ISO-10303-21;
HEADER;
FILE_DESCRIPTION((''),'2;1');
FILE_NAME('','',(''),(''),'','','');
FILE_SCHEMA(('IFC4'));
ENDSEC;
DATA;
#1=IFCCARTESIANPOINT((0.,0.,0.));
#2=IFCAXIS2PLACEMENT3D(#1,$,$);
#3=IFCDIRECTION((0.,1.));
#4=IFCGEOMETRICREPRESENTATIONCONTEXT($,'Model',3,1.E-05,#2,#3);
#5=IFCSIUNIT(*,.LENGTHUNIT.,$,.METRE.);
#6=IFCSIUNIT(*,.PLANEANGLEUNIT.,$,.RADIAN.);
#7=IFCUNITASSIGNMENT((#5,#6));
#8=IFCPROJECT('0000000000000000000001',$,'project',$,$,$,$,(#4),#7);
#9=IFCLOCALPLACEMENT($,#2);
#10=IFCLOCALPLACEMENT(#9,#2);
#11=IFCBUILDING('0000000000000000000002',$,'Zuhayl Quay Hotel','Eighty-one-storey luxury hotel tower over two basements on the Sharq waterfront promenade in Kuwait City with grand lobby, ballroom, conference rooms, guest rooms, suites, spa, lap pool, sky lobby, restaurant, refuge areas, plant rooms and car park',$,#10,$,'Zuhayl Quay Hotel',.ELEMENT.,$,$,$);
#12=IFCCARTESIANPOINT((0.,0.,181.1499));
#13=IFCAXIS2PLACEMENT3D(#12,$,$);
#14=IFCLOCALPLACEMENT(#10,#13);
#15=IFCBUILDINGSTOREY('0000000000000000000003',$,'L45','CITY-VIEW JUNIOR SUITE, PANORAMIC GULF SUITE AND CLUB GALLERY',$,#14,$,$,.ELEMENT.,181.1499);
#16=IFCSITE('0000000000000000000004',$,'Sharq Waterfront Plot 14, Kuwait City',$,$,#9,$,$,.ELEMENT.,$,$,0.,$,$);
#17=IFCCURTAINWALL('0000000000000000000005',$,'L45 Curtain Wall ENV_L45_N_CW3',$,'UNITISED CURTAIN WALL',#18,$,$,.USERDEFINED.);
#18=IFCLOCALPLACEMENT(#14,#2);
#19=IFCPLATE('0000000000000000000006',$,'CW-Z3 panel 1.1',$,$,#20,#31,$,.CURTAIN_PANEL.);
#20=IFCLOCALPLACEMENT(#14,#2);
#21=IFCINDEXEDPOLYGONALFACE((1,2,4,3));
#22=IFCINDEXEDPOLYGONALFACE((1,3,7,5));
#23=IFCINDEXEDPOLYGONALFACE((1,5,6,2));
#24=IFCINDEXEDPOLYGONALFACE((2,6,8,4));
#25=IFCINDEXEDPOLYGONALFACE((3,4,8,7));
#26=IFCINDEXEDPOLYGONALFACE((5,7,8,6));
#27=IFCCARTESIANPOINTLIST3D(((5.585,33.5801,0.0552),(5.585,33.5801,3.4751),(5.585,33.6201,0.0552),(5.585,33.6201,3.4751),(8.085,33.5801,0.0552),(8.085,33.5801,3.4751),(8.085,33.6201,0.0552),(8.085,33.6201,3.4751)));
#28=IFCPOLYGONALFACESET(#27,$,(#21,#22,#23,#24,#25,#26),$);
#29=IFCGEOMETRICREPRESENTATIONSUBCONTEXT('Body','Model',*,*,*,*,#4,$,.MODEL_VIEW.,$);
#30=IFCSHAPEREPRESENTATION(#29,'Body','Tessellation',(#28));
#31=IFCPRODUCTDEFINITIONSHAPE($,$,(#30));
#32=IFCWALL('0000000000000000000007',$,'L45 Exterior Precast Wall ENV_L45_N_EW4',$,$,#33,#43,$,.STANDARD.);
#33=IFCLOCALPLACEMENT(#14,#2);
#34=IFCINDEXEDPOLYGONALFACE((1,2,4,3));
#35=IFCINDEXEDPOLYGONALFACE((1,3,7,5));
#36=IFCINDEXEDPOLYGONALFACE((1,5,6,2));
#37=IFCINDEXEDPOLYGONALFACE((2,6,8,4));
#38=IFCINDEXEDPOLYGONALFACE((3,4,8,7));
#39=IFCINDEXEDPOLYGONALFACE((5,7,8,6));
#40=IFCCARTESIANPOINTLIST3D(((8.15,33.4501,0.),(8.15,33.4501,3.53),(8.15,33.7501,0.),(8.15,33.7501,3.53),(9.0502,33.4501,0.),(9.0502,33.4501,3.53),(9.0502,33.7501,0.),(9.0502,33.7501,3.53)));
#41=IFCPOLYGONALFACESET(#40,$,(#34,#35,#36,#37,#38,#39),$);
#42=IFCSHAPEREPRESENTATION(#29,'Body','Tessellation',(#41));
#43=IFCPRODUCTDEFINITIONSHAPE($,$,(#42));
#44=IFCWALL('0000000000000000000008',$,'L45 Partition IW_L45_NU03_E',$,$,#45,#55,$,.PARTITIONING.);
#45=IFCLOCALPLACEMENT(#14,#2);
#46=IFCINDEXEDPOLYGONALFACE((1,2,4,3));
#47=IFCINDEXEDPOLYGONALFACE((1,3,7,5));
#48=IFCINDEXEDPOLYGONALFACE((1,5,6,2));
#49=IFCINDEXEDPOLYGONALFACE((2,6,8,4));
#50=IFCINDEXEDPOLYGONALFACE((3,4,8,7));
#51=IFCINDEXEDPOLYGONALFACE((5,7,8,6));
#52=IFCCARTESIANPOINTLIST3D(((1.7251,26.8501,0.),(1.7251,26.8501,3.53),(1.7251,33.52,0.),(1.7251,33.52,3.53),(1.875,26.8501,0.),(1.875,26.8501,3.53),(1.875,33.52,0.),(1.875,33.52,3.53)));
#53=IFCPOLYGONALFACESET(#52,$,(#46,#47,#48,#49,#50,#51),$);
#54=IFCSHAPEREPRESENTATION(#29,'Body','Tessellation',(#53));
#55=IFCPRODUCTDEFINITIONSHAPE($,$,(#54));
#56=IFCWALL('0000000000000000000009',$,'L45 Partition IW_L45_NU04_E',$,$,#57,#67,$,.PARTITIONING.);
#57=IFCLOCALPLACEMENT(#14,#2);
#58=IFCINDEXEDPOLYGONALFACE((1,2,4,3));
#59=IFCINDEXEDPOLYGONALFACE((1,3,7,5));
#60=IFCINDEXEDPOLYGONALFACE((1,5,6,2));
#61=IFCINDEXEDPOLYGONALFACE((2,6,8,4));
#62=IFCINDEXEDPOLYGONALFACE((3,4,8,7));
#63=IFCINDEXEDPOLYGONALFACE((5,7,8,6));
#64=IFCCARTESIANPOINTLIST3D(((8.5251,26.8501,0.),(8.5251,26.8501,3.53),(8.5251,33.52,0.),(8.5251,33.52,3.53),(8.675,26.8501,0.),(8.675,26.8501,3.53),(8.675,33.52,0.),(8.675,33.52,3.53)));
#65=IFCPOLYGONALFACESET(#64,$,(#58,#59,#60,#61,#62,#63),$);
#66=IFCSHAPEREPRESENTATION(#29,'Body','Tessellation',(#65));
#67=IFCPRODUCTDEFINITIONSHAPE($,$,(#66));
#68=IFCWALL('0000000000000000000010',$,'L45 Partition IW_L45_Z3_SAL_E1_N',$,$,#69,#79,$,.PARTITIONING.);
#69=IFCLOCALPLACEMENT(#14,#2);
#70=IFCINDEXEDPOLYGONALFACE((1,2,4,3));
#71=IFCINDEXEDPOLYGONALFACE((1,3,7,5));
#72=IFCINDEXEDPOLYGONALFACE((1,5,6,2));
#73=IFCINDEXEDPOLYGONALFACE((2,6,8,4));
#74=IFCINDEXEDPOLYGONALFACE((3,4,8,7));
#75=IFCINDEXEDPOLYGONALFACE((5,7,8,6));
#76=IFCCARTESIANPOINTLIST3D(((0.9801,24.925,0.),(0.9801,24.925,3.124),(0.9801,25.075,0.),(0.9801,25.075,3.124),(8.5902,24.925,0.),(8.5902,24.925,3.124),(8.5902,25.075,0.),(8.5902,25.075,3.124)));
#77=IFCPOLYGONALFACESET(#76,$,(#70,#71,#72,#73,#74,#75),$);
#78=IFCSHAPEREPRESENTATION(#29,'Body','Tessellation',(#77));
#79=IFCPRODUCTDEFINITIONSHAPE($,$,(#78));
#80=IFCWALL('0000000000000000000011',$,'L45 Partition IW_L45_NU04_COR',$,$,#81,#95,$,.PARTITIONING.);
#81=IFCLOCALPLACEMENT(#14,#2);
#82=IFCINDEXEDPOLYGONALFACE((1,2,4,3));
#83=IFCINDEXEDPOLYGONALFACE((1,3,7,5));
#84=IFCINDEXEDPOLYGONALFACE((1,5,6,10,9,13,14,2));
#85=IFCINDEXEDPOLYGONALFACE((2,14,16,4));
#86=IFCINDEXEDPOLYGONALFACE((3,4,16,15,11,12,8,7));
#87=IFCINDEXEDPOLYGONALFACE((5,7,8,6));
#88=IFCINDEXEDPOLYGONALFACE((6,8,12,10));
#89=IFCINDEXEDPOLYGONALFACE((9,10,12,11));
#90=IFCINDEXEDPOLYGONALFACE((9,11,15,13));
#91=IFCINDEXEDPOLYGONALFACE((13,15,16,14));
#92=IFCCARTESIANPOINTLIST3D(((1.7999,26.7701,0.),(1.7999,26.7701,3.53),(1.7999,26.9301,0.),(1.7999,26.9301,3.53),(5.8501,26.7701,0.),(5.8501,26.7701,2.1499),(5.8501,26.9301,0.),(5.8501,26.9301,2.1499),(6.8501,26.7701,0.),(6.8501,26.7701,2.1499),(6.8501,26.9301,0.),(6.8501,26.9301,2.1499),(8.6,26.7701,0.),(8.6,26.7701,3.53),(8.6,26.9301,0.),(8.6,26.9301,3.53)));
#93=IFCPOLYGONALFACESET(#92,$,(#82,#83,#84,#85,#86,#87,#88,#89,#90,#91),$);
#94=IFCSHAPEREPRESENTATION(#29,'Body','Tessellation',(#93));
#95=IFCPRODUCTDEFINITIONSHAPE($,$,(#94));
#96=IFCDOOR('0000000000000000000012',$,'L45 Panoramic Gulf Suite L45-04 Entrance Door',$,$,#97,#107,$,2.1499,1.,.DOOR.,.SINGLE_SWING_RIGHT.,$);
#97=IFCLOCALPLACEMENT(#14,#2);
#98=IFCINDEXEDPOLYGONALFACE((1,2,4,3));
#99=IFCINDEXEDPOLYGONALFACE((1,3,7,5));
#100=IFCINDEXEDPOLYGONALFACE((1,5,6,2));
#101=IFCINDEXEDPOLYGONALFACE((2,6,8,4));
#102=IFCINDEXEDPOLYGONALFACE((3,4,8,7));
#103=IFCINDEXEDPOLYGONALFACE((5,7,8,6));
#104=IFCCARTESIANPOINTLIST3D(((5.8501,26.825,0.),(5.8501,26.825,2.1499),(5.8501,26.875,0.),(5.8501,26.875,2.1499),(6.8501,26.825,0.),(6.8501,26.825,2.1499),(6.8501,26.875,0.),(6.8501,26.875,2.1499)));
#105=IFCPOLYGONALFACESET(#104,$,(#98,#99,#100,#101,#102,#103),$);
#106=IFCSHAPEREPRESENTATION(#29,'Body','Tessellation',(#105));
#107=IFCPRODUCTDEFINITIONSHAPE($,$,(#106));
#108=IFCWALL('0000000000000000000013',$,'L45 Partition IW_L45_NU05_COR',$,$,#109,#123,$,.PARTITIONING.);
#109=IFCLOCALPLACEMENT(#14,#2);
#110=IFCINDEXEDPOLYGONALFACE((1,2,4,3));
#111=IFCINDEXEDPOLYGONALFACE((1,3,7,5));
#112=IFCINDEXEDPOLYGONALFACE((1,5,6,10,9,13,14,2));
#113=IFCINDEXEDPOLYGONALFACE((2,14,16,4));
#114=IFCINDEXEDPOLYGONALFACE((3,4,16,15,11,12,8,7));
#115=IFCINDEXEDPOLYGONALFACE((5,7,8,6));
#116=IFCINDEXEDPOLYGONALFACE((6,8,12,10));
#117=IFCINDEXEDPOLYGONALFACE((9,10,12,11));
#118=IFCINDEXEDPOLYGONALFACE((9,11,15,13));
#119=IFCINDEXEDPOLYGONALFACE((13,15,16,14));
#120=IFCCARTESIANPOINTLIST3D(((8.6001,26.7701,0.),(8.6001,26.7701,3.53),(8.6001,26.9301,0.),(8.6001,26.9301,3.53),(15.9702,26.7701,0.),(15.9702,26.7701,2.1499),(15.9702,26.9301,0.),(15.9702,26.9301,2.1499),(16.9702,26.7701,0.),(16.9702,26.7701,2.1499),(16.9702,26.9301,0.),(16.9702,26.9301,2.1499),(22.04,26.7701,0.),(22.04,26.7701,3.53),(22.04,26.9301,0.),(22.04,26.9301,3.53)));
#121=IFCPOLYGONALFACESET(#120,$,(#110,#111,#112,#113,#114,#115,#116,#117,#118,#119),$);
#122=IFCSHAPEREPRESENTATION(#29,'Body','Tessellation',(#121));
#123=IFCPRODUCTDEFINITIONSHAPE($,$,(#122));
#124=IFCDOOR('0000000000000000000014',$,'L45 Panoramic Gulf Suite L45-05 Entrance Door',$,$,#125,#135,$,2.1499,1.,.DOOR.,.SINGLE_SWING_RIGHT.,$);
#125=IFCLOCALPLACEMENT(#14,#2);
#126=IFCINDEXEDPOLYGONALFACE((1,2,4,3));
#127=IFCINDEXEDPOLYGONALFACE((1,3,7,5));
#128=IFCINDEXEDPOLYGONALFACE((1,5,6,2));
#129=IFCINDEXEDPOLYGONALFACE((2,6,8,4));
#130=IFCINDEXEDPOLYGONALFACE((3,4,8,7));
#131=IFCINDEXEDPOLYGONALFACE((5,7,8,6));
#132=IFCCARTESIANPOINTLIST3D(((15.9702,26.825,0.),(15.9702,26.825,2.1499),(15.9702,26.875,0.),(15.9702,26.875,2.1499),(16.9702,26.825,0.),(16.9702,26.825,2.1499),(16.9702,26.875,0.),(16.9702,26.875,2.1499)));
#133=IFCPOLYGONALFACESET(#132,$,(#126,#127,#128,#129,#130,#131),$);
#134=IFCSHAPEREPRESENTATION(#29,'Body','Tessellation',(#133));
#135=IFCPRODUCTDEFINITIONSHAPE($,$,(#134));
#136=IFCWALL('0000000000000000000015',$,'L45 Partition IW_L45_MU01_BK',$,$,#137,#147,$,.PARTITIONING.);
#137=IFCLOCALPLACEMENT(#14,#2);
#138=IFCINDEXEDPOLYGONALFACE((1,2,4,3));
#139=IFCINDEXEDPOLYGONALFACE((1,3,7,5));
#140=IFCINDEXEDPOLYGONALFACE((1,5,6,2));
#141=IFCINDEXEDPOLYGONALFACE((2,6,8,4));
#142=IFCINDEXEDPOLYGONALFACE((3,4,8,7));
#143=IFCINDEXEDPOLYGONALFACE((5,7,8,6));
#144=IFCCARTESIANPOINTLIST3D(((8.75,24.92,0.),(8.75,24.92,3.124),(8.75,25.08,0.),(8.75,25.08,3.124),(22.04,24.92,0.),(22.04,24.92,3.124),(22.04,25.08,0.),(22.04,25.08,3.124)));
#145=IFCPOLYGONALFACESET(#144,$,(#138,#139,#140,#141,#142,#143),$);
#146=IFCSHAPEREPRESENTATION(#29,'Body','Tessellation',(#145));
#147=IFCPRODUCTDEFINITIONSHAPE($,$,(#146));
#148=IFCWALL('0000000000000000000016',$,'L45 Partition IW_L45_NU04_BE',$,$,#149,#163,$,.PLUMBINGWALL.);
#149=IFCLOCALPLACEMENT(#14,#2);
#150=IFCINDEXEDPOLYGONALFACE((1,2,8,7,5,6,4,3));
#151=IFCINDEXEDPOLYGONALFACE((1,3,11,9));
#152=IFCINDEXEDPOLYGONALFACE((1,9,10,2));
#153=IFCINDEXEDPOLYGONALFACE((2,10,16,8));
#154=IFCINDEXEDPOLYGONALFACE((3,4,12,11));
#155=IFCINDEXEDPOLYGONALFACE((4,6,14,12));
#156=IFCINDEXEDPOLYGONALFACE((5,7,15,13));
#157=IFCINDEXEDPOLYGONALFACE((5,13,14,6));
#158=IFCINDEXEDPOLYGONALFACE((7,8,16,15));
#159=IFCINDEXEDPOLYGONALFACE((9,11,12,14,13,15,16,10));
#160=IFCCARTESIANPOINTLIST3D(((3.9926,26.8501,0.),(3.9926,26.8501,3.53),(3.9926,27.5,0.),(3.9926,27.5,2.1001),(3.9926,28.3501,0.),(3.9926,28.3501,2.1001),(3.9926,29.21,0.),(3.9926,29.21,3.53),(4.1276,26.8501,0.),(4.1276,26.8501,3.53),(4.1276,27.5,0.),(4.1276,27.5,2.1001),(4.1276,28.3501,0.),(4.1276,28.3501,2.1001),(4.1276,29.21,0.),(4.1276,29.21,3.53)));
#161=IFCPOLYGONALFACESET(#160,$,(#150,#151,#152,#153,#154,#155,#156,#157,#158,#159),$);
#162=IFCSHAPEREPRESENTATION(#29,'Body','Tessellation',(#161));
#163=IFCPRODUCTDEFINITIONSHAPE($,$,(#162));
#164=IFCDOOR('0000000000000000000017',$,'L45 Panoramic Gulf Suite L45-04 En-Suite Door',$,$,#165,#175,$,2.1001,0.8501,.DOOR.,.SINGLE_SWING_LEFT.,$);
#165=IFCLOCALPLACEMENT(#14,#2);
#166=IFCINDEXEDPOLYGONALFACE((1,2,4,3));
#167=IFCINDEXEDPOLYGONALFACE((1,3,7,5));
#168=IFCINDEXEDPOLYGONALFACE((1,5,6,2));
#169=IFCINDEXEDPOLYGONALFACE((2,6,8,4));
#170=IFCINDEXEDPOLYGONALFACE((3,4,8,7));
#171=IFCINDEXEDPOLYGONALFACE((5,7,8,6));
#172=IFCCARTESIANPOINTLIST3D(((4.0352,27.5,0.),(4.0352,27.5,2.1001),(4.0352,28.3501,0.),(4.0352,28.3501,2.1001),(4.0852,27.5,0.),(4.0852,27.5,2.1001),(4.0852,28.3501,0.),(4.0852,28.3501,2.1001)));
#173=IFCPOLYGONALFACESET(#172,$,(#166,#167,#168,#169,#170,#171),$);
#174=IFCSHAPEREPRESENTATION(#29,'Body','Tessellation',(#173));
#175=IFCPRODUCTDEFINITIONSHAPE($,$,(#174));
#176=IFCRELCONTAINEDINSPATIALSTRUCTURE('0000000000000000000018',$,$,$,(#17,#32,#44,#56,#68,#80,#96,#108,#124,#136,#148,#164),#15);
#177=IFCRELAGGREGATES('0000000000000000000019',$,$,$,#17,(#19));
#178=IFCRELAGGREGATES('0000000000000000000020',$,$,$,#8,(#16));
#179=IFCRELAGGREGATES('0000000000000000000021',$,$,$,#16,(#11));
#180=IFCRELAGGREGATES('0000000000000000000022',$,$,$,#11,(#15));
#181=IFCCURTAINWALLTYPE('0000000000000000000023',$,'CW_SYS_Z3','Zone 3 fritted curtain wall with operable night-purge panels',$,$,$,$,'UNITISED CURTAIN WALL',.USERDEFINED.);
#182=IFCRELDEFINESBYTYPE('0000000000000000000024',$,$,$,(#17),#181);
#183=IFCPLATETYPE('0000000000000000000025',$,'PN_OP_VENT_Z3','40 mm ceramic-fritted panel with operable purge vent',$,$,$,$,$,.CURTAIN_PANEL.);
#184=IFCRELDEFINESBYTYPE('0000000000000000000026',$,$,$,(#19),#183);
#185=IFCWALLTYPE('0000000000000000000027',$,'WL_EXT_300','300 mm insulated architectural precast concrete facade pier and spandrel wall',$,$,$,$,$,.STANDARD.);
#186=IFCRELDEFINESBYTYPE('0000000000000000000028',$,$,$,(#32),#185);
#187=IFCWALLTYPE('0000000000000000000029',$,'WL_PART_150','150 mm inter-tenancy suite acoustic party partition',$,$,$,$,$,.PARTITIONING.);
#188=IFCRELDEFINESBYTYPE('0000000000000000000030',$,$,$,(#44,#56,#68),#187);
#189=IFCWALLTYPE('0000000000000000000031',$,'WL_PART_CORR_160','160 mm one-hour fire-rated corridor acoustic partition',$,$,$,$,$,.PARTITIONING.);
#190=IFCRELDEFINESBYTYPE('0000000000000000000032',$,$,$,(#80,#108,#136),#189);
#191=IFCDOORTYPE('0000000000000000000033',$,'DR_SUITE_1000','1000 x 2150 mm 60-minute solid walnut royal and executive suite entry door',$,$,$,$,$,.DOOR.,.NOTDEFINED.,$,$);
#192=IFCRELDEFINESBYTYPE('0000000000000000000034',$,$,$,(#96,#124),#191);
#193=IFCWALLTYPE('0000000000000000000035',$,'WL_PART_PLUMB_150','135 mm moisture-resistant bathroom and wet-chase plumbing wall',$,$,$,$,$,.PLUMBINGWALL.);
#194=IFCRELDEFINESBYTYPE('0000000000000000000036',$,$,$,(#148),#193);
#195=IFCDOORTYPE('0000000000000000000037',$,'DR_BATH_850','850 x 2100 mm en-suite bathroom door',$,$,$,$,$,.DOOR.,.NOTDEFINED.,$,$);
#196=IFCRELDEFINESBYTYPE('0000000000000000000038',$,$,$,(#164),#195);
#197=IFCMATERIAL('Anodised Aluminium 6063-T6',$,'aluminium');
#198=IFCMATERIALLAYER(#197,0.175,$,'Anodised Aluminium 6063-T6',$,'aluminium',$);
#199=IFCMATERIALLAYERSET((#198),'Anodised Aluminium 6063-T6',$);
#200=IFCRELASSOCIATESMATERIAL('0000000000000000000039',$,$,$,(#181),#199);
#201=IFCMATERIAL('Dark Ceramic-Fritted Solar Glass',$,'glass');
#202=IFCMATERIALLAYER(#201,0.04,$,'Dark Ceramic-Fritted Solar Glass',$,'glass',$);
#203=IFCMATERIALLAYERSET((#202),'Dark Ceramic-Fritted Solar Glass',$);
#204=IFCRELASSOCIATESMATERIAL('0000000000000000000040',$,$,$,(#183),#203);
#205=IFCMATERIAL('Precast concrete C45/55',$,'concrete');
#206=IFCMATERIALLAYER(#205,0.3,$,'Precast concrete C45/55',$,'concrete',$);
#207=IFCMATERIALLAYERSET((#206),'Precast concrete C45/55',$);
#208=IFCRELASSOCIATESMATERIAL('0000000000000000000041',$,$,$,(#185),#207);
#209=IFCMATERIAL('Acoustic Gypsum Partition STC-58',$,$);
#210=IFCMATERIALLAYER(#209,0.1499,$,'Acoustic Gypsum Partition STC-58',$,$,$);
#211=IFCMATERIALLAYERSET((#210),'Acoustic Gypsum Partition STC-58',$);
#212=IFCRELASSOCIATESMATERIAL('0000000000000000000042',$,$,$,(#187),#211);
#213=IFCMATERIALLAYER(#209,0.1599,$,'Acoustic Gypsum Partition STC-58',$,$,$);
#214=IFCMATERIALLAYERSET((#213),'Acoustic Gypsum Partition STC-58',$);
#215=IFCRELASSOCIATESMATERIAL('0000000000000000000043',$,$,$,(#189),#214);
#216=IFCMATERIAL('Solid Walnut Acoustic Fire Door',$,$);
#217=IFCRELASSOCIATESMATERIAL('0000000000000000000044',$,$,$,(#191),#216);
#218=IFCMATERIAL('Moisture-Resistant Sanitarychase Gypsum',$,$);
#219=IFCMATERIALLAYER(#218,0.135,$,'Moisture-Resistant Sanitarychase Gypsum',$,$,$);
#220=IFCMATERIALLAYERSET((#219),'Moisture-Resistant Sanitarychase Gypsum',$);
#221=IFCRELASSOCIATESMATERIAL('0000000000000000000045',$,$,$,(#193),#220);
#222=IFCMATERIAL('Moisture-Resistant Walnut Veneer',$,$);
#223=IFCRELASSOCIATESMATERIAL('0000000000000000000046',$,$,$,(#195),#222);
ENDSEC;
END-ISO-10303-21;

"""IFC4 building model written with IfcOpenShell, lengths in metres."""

from ifc_helpers import new_model, si_unit, direction, frame, frame_2d, origin, origin_2d, place, context, subcontext, project, spatial, rectangle, extrude, material, layer, layer_set, type_object, element, fill, aggregate, save


model = new_model("IFC4")

# Units and contexts
model_context = context("Model", 3, precision=1e-05, world=origin(), true_north=direction((0.0, 1.0)))
body_context = subcontext(model_context, "Body", "Model", "MODEL_VIEW")
ifc_project = project(units=[si_unit("LENGTHUNIT", "METRE"), si_unit("PLANEANGLEUNIT", "RADIAN")], contexts=[model_context])

# Site, building, storey
site_placement = place(None, origin())
site = spatial("IfcSite", under=ifc_project, at=site_placement, Name="Sharq Waterfront Plot 14, Kuwait City", CompositionType="ELEMENT", RefElevation=0.0)
building_placement = place(site_placement, origin())
building = spatial("IfcBuilding", under=site, at=building_placement, Name="Zuhayl Quay Hotel", Description="Eighty-one-storey luxury hotel tower over two basements on the Sharq waterfront promenade in Kuwait City with grand lobby, ballroom, conference rooms, guest rooms, suites, spa, lap pool, sky lobby, restaurant, refuge areas, plant rooms and car park", LongName="Zuhayl Quay Hotel", CompositionType="ELEMENT")
storey_placement = place(building_placement, frame((0.0, 0.0, 181.1499)))
storey = spatial("IfcBuildingStorey", under=building, at=storey_placement, Name="L45", Description="CITY-VIEW JUNIOR SUITE, PANORAMIC GULF SUITE AND CLUB GALLERY", CompositionType="ELEMENT", Elevation=181.1499)

# Curtain wall, plate
ifc_material_1 = material(Name="Anodised Aluminium 6063-T6", Category="aluminium")
ifc_layer_1 = layer(ifc_material_1, 0.175, Name="Anodised Aluminium 6063-T6", Category="aluminium")
ifc_layer_set_1 = layer_set([ifc_layer_1], Name="Anodised Aluminium 6063-T6")
curtain_wall_type = type_object("IfcCurtainWallType", Name="CW_SYS_Z3", Description="Zone 3 fritted curtain wall with operable night-purge panels", ElementType="UNITISED CURTAIN WALL", PredefinedType="USERDEFINED", material=ifc_layer_set_1)
curtain_wall_placement = place(storey_placement, origin())
curtain_wall = element("IfcCurtainWall", 1, at=curtain_wall_placement, inside=storey, type_object=curtain_wall_type, Name="L45 Curtain Wall ENV_L45_N_CW3", ObjectType="UNITISED CURTAIN WALL", PredefinedType="USERDEFINED")
ifc_material_2 = material(Name="Dark Ceramic-Fritted Solar Glass", Category="glass")
ifc_layer_2 = layer(ifc_material_2, 0.04, Name="Dark Ceramic-Fritted Solar Glass", Category="glass")
ifc_layer_set_2 = layer_set([ifc_layer_2], Name="Dark Ceramic-Fritted Solar Glass")
plate_type = type_object("IfcPlateType", Name="PN_OP_VENT_Z3", Description="40 mm ceramic-fritted panel with operable purge vent", PredefinedType="CURTAIN_PANEL", material=ifc_layer_set_2)
plate_placement = place(storey_placement, frame((6.835, 33.6001, 0.0552), z_axis=(0.0, 0.0, 1.0), x_axis=(1.0, 0.0, 0.0)))
plate = element("IfcPlate", 2, at=plate_placement, type_object=plate_type, Name="CW-Z3 panel 1.1", PredefinedType="CURTAIN_PANEL", context=body_context, shape_type="SweptSolid", body=[
    extrude(rectangle(XDim=2.5, YDim=0.04, at=origin_2d()), origin(), (0.0, 0.0, 1.0), 3.4199),
])
aggregate(curtain_wall, [plate])

# Walls
ifc_material_3 = material(Name="Precast concrete C45/55", Category="concrete")
ifc_layer_3 = layer(ifc_material_3, 0.3, Name="Precast concrete C45/55", Category="concrete")
ifc_layer_set_3 = layer_set([ifc_layer_3], Name="Precast concrete C45/55")
wall_type_1 = type_object("IfcWallType", Name="WL_EXT_300", Description="300 mm insulated architectural precast concrete facade pier and spandrel wall", PredefinedType="STANDARD", material=ifc_layer_set_3)
wall_1_placement = place(storey_placement, frame((8.1499, 33.6001, 0.0), z_axis=(0.0, 0.0, 1.0), x_axis=(1.0, 0.0, 0.0)))
element("IfcWall", 3, at=wall_1_placement, inside=storey, type_object=wall_type_1, Name="L45 Exterior Precast Wall ENV_L45_N_EW4", PredefinedType="STANDARD", context=body_context, shape_type="SweptSolid", body=[
    extrude(rectangle(XDim=0.9001, YDim=0.3, at=frame_2d((0.4502, 0.0))), origin(), (0.0, 0.0, 1.0), 3.53),
])
ifc_material_4 = material(Name="Acoustic Gypsum Partition STC-58")
ifc_layer_4 = layer(ifc_material_4, 0.1499, Name="Acoustic Gypsum Partition STC-58")
ifc_layer_set_4 = layer_set([ifc_layer_4], Name="Acoustic Gypsum Partition STC-58")
wall_type_2 = type_object("IfcWallType", Name="WL_PART_150", Description="150 mm inter-tenancy suite acoustic party partition", PredefinedType="PARTITIONING", material=ifc_layer_set_4)
for number, where, z_axis, x_axis, name in (
    (4, (1.8, 26.8501, 0.0), (0.0, 0.0, 1.0), (0.0, 1.0, 0.0), "L45 Partition IW_L45_NU03_E"),
    (5, (8.6001, 26.8501, 0.0), (0.0, 0.0, 1.0), (0.0, 1.0, 0.0), "L45 Partition IW_L45_NU04_E"),
):
    element("IfcWall", number, at=place(storey_placement, frame(where, z_axis=z_axis, x_axis=x_axis)), inside=storey, type_object=wall_type_2, Name=name, PredefinedType="PARTITIONING", context=body_context, shape_type="SweptSolid", body=[
        extrude(rectangle(XDim=6.6699, YDim=0.1499, at=frame_2d((3.335, 0.0))), origin(), (0.0, 0.0, 1.0), 3.53),
    ])
wall_2_placement = place(storey_placement, frame((0.98, 25.0, 0.0), z_axis=(0.0, 0.0, 1.0), x_axis=(1.0, 0.0, 0.0)))
element("IfcWall", 6, at=wall_2_placement, inside=storey, type_object=wall_type_2, Name="L45 Partition IW_L45_Z3_SAL_E1_N", PredefinedType="PARTITIONING", context=body_context, shape_type="SweptSolid", body=[
    extrude(rectangle(XDim=7.6101, YDim=0.1499, at=frame_2d((3.8052, 0.0))), origin(), (0.0, 0.0, 1.0), 3.124),
])

# Walls, openings, doors
ifc_layer_5 = layer(ifc_material_4, 0.1599, Name="Acoustic Gypsum Partition STC-58")
ifc_layer_set_5 = layer_set([ifc_layer_5], Name="Acoustic Gypsum Partition STC-58")
wall_type_3 = type_object("IfcWallType", Name="WL_PART_CORR_160", Description="160 mm one-hour fire-rated corridor acoustic partition", PredefinedType="PARTITIONING", material=ifc_layer_set_5)
wall_3_placement = place(storey_placement, frame((1.8, 26.8501, 0.0), z_axis=(0.0, 0.0, 1.0), x_axis=(1.0, 0.0, 0.0)))
wall_3 = element("IfcWall", 7, at=wall_3_placement, inside=storey, type_object=wall_type_3, Name="L45 Partition IW_L45_NU04_COR", PredefinedType="PARTITIONING", context=body_context, shape_type="SweptSolid", body=[
    extrude(rectangle(XDim=6.8, YDim=0.1599, at=frame_2d((3.3999, 0.0))), origin(), (0.0, 0.0, 1.0), 3.53),
])
opening_1_placement = place(wall_3_placement, frame((4.05, 0.0, 0.0)))
opening_1 = element("IfcOpeningElement", 8, at=opening_1_placement, cuts=wall_3, PredefinedType="OPENING", context=body_context, shape_type="SweptSolid", body=[
    extrude(rectangle(XDim=1.0, YDim=2.1499, at=frame_2d((0.5, 1.075))), frame((0.0, 0.0898, 0.0), z_axis=(0.0, -1.0, 0.0), x_axis=(1.0, 0.0, 0.0)), (0.0, 0.0, 1.0), 0.1799),
])
ifc_material_5 = material(Name="Solid Walnut Acoustic Fire Door")
door_type_1 = type_object("IfcDoorType", Name="DR_SUITE_1000", Description="1000 x 2150 mm 60-minute solid walnut royal and executive suite entry door", OperationType="NOTDEFINED", PredefinedType="DOOR", material=ifc_material_5)
door_1_placement = place(opening_1_placement, origin())
door_1 = element("IfcDoor", 9, at=door_1_placement, inside=storey, type_object=door_type_1, Name="L45 Panoramic Gulf Suite L45-04 Entrance Door", OperationType="SINGLE_SWING_RIGHT", OverallHeight=2.1499, OverallWidth=1.0, PredefinedType="DOOR", context=body_context, shape_type="SweptSolid", body=[
    extrude(rectangle(XDim=1.0, YDim=2.1499, at=frame_2d((0.5, 1.075))), frame((0.0, 0.0249, 0.0), z_axis=(0.0, -1.0, 0.0), x_axis=(1.0, 0.0, 0.0)), (0.0, 0.0, 1.0), 0.05),
])
fill(opening_1, door_1)
wall_4_placement = place(storey_placement, frame((8.6001, 26.8501, 0.0), z_axis=(0.0, 0.0, 1.0), x_axis=(1.0, 0.0, 0.0)))
wall_4 = element("IfcWall", 10, at=wall_4_placement, inside=storey, type_object=wall_type_3, Name="L45 Partition IW_L45_NU05_COR", PredefinedType="PARTITIONING", context=body_context, shape_type="SweptSolid", body=[
    extrude(rectangle(XDim=13.4399, YDim=0.1599, at=frame_2d((6.72, 0.0))), origin(), (0.0, 0.0, 1.0), 3.53),
])
opening_2_placement = place(wall_4_placement, frame((7.3701, 0.0, 0.0)))
opening_2 = element("IfcOpeningElement", 11, at=opening_2_placement, cuts=wall_4, PredefinedType="OPENING", context=body_context, shape_type="SweptSolid", body=[
    extrude(rectangle(XDim=1.0, YDim=2.1499, at=frame_2d((0.5, 1.075))), frame((0.0, 0.0898, 0.0), z_axis=(0.0, -1.0, 0.0), x_axis=(1.0, 0.0, 0.0)), (0.0, 0.0, 1.0), 0.1799),
])
door_2_placement = place(opening_2_placement, origin())
door_2 = element("IfcDoor", 12, at=door_2_placement, inside=storey, type_object=door_type_1, Name="L45 Panoramic Gulf Suite L45-05 Entrance Door", OperationType="SINGLE_SWING_RIGHT", OverallHeight=2.1499, OverallWidth=1.0, PredefinedType="DOOR", context=body_context, shape_type="SweptSolid", body=[
    extrude(rectangle(XDim=1.0, YDim=2.1499, at=frame_2d((0.5, 1.075))), frame((0.0, 0.0249, 0.0), z_axis=(0.0, -1.0, 0.0), x_axis=(1.0, 0.0, 0.0)), (0.0, 0.0, 1.0), 0.05),
])
fill(opening_2, door_2)

# Wall
wall_5_placement = place(storey_placement, frame((8.75, 25.0, 0.0), z_axis=(0.0, 0.0, 1.0), x_axis=(1.0, 0.0, 0.0)))
element("IfcWall", 13, at=wall_5_placement, inside=storey, type_object=wall_type_3, Name="L45 Partition IW_L45_MU01_BK", PredefinedType="PARTITIONING", context=body_context, shape_type="SweptSolid", body=[
    extrude(rectangle(XDim=13.29, YDim=0.1599, at=frame_2d((6.645, 0.0))), origin(), (0.0, 0.0, 1.0), 3.124),
])

# Wall, opening, door
ifc_material_6 = material(Name="Moisture-Resistant Sanitarychase Gypsum")
ifc_layer_6 = layer(ifc_material_6, 0.135, Name="Moisture-Resistant Sanitarychase Gypsum")
ifc_layer_set_6 = layer_set([ifc_layer_6], Name="Moisture-Resistant Sanitarychase Gypsum")
wall_type_4 = type_object("IfcWallType", Name="WL_PART_PLUMB_150", Description="135 mm moisture-resistant bathroom and wet-chase plumbing wall", PredefinedType="PLUMBINGWALL", material=ifc_layer_set_6)
wall_6_placement = place(storey_placement, frame((4.0601, 26.8501, 0.0), z_axis=(0.0, 0.0, 1.0), x_axis=(0.0, 1.0, 0.0)))
wall_6 = element("IfcWall", 14, at=wall_6_placement, inside=storey, type_object=wall_type_4, Name="L45 Partition IW_L45_NU04_BE", PredefinedType="PLUMBINGWALL", context=body_context, shape_type="SweptSolid", body=[
    extrude(rectangle(XDim=2.3599, YDim=0.135, at=frame_2d((1.1799, 0.0))), origin(), (0.0, 0.0, 1.0), 3.53),
])
opening_3_placement = place(wall_6_placement, frame((0.6499, 0.0, 0.0)))
opening_3 = element("IfcOpeningElement", 15, at=opening_3_placement, cuts=wall_6, PredefinedType="OPENING", context=body_context, shape_type="SweptSolid", body=[
    extrude(rectangle(XDim=0.8501, YDim=2.1001, at=frame_2d((0.425, 1.05))), frame((0.0, 0.0774, 0.0), z_axis=(0.0, -1.0, 0.0), x_axis=(1.0, 0.0, 0.0)), (0.0, 0.0, 1.0), 0.155),
])
ifc_material_7 = material(Name="Moisture-Resistant Walnut Veneer")
door_type_2 = type_object("IfcDoorType", Name="DR_BATH_850", Description="850 x 2100 mm en-suite bathroom door", OperationType="NOTDEFINED", PredefinedType="DOOR", material=ifc_material_7)
door_3_placement = place(opening_3_placement, origin())
door_3 = element("IfcDoor", 16, at=door_3_placement, inside=storey, type_object=door_type_2, Name="L45 Panoramic Gulf Suite L45-04 En-Suite Door", OperationType="SINGLE_SWING_LEFT", OverallHeight=2.1001, OverallWidth=0.8501, PredefinedType="DOOR", context=body_context, shape_type="SweptSolid", body=[
    extrude(rectangle(XDim=0.8501, YDim=2.1001, at=frame_2d((0.425, 1.05))), frame((0.0, 0.0249, 0.0), z_axis=(0.0, -1.0, 0.0), x_axis=(1.0, 0.0, 0.0)), (0.0, 0.0, 1.0), 0.05),
])
fill(opening_3, door_3)

save(model, "model.ifc")
